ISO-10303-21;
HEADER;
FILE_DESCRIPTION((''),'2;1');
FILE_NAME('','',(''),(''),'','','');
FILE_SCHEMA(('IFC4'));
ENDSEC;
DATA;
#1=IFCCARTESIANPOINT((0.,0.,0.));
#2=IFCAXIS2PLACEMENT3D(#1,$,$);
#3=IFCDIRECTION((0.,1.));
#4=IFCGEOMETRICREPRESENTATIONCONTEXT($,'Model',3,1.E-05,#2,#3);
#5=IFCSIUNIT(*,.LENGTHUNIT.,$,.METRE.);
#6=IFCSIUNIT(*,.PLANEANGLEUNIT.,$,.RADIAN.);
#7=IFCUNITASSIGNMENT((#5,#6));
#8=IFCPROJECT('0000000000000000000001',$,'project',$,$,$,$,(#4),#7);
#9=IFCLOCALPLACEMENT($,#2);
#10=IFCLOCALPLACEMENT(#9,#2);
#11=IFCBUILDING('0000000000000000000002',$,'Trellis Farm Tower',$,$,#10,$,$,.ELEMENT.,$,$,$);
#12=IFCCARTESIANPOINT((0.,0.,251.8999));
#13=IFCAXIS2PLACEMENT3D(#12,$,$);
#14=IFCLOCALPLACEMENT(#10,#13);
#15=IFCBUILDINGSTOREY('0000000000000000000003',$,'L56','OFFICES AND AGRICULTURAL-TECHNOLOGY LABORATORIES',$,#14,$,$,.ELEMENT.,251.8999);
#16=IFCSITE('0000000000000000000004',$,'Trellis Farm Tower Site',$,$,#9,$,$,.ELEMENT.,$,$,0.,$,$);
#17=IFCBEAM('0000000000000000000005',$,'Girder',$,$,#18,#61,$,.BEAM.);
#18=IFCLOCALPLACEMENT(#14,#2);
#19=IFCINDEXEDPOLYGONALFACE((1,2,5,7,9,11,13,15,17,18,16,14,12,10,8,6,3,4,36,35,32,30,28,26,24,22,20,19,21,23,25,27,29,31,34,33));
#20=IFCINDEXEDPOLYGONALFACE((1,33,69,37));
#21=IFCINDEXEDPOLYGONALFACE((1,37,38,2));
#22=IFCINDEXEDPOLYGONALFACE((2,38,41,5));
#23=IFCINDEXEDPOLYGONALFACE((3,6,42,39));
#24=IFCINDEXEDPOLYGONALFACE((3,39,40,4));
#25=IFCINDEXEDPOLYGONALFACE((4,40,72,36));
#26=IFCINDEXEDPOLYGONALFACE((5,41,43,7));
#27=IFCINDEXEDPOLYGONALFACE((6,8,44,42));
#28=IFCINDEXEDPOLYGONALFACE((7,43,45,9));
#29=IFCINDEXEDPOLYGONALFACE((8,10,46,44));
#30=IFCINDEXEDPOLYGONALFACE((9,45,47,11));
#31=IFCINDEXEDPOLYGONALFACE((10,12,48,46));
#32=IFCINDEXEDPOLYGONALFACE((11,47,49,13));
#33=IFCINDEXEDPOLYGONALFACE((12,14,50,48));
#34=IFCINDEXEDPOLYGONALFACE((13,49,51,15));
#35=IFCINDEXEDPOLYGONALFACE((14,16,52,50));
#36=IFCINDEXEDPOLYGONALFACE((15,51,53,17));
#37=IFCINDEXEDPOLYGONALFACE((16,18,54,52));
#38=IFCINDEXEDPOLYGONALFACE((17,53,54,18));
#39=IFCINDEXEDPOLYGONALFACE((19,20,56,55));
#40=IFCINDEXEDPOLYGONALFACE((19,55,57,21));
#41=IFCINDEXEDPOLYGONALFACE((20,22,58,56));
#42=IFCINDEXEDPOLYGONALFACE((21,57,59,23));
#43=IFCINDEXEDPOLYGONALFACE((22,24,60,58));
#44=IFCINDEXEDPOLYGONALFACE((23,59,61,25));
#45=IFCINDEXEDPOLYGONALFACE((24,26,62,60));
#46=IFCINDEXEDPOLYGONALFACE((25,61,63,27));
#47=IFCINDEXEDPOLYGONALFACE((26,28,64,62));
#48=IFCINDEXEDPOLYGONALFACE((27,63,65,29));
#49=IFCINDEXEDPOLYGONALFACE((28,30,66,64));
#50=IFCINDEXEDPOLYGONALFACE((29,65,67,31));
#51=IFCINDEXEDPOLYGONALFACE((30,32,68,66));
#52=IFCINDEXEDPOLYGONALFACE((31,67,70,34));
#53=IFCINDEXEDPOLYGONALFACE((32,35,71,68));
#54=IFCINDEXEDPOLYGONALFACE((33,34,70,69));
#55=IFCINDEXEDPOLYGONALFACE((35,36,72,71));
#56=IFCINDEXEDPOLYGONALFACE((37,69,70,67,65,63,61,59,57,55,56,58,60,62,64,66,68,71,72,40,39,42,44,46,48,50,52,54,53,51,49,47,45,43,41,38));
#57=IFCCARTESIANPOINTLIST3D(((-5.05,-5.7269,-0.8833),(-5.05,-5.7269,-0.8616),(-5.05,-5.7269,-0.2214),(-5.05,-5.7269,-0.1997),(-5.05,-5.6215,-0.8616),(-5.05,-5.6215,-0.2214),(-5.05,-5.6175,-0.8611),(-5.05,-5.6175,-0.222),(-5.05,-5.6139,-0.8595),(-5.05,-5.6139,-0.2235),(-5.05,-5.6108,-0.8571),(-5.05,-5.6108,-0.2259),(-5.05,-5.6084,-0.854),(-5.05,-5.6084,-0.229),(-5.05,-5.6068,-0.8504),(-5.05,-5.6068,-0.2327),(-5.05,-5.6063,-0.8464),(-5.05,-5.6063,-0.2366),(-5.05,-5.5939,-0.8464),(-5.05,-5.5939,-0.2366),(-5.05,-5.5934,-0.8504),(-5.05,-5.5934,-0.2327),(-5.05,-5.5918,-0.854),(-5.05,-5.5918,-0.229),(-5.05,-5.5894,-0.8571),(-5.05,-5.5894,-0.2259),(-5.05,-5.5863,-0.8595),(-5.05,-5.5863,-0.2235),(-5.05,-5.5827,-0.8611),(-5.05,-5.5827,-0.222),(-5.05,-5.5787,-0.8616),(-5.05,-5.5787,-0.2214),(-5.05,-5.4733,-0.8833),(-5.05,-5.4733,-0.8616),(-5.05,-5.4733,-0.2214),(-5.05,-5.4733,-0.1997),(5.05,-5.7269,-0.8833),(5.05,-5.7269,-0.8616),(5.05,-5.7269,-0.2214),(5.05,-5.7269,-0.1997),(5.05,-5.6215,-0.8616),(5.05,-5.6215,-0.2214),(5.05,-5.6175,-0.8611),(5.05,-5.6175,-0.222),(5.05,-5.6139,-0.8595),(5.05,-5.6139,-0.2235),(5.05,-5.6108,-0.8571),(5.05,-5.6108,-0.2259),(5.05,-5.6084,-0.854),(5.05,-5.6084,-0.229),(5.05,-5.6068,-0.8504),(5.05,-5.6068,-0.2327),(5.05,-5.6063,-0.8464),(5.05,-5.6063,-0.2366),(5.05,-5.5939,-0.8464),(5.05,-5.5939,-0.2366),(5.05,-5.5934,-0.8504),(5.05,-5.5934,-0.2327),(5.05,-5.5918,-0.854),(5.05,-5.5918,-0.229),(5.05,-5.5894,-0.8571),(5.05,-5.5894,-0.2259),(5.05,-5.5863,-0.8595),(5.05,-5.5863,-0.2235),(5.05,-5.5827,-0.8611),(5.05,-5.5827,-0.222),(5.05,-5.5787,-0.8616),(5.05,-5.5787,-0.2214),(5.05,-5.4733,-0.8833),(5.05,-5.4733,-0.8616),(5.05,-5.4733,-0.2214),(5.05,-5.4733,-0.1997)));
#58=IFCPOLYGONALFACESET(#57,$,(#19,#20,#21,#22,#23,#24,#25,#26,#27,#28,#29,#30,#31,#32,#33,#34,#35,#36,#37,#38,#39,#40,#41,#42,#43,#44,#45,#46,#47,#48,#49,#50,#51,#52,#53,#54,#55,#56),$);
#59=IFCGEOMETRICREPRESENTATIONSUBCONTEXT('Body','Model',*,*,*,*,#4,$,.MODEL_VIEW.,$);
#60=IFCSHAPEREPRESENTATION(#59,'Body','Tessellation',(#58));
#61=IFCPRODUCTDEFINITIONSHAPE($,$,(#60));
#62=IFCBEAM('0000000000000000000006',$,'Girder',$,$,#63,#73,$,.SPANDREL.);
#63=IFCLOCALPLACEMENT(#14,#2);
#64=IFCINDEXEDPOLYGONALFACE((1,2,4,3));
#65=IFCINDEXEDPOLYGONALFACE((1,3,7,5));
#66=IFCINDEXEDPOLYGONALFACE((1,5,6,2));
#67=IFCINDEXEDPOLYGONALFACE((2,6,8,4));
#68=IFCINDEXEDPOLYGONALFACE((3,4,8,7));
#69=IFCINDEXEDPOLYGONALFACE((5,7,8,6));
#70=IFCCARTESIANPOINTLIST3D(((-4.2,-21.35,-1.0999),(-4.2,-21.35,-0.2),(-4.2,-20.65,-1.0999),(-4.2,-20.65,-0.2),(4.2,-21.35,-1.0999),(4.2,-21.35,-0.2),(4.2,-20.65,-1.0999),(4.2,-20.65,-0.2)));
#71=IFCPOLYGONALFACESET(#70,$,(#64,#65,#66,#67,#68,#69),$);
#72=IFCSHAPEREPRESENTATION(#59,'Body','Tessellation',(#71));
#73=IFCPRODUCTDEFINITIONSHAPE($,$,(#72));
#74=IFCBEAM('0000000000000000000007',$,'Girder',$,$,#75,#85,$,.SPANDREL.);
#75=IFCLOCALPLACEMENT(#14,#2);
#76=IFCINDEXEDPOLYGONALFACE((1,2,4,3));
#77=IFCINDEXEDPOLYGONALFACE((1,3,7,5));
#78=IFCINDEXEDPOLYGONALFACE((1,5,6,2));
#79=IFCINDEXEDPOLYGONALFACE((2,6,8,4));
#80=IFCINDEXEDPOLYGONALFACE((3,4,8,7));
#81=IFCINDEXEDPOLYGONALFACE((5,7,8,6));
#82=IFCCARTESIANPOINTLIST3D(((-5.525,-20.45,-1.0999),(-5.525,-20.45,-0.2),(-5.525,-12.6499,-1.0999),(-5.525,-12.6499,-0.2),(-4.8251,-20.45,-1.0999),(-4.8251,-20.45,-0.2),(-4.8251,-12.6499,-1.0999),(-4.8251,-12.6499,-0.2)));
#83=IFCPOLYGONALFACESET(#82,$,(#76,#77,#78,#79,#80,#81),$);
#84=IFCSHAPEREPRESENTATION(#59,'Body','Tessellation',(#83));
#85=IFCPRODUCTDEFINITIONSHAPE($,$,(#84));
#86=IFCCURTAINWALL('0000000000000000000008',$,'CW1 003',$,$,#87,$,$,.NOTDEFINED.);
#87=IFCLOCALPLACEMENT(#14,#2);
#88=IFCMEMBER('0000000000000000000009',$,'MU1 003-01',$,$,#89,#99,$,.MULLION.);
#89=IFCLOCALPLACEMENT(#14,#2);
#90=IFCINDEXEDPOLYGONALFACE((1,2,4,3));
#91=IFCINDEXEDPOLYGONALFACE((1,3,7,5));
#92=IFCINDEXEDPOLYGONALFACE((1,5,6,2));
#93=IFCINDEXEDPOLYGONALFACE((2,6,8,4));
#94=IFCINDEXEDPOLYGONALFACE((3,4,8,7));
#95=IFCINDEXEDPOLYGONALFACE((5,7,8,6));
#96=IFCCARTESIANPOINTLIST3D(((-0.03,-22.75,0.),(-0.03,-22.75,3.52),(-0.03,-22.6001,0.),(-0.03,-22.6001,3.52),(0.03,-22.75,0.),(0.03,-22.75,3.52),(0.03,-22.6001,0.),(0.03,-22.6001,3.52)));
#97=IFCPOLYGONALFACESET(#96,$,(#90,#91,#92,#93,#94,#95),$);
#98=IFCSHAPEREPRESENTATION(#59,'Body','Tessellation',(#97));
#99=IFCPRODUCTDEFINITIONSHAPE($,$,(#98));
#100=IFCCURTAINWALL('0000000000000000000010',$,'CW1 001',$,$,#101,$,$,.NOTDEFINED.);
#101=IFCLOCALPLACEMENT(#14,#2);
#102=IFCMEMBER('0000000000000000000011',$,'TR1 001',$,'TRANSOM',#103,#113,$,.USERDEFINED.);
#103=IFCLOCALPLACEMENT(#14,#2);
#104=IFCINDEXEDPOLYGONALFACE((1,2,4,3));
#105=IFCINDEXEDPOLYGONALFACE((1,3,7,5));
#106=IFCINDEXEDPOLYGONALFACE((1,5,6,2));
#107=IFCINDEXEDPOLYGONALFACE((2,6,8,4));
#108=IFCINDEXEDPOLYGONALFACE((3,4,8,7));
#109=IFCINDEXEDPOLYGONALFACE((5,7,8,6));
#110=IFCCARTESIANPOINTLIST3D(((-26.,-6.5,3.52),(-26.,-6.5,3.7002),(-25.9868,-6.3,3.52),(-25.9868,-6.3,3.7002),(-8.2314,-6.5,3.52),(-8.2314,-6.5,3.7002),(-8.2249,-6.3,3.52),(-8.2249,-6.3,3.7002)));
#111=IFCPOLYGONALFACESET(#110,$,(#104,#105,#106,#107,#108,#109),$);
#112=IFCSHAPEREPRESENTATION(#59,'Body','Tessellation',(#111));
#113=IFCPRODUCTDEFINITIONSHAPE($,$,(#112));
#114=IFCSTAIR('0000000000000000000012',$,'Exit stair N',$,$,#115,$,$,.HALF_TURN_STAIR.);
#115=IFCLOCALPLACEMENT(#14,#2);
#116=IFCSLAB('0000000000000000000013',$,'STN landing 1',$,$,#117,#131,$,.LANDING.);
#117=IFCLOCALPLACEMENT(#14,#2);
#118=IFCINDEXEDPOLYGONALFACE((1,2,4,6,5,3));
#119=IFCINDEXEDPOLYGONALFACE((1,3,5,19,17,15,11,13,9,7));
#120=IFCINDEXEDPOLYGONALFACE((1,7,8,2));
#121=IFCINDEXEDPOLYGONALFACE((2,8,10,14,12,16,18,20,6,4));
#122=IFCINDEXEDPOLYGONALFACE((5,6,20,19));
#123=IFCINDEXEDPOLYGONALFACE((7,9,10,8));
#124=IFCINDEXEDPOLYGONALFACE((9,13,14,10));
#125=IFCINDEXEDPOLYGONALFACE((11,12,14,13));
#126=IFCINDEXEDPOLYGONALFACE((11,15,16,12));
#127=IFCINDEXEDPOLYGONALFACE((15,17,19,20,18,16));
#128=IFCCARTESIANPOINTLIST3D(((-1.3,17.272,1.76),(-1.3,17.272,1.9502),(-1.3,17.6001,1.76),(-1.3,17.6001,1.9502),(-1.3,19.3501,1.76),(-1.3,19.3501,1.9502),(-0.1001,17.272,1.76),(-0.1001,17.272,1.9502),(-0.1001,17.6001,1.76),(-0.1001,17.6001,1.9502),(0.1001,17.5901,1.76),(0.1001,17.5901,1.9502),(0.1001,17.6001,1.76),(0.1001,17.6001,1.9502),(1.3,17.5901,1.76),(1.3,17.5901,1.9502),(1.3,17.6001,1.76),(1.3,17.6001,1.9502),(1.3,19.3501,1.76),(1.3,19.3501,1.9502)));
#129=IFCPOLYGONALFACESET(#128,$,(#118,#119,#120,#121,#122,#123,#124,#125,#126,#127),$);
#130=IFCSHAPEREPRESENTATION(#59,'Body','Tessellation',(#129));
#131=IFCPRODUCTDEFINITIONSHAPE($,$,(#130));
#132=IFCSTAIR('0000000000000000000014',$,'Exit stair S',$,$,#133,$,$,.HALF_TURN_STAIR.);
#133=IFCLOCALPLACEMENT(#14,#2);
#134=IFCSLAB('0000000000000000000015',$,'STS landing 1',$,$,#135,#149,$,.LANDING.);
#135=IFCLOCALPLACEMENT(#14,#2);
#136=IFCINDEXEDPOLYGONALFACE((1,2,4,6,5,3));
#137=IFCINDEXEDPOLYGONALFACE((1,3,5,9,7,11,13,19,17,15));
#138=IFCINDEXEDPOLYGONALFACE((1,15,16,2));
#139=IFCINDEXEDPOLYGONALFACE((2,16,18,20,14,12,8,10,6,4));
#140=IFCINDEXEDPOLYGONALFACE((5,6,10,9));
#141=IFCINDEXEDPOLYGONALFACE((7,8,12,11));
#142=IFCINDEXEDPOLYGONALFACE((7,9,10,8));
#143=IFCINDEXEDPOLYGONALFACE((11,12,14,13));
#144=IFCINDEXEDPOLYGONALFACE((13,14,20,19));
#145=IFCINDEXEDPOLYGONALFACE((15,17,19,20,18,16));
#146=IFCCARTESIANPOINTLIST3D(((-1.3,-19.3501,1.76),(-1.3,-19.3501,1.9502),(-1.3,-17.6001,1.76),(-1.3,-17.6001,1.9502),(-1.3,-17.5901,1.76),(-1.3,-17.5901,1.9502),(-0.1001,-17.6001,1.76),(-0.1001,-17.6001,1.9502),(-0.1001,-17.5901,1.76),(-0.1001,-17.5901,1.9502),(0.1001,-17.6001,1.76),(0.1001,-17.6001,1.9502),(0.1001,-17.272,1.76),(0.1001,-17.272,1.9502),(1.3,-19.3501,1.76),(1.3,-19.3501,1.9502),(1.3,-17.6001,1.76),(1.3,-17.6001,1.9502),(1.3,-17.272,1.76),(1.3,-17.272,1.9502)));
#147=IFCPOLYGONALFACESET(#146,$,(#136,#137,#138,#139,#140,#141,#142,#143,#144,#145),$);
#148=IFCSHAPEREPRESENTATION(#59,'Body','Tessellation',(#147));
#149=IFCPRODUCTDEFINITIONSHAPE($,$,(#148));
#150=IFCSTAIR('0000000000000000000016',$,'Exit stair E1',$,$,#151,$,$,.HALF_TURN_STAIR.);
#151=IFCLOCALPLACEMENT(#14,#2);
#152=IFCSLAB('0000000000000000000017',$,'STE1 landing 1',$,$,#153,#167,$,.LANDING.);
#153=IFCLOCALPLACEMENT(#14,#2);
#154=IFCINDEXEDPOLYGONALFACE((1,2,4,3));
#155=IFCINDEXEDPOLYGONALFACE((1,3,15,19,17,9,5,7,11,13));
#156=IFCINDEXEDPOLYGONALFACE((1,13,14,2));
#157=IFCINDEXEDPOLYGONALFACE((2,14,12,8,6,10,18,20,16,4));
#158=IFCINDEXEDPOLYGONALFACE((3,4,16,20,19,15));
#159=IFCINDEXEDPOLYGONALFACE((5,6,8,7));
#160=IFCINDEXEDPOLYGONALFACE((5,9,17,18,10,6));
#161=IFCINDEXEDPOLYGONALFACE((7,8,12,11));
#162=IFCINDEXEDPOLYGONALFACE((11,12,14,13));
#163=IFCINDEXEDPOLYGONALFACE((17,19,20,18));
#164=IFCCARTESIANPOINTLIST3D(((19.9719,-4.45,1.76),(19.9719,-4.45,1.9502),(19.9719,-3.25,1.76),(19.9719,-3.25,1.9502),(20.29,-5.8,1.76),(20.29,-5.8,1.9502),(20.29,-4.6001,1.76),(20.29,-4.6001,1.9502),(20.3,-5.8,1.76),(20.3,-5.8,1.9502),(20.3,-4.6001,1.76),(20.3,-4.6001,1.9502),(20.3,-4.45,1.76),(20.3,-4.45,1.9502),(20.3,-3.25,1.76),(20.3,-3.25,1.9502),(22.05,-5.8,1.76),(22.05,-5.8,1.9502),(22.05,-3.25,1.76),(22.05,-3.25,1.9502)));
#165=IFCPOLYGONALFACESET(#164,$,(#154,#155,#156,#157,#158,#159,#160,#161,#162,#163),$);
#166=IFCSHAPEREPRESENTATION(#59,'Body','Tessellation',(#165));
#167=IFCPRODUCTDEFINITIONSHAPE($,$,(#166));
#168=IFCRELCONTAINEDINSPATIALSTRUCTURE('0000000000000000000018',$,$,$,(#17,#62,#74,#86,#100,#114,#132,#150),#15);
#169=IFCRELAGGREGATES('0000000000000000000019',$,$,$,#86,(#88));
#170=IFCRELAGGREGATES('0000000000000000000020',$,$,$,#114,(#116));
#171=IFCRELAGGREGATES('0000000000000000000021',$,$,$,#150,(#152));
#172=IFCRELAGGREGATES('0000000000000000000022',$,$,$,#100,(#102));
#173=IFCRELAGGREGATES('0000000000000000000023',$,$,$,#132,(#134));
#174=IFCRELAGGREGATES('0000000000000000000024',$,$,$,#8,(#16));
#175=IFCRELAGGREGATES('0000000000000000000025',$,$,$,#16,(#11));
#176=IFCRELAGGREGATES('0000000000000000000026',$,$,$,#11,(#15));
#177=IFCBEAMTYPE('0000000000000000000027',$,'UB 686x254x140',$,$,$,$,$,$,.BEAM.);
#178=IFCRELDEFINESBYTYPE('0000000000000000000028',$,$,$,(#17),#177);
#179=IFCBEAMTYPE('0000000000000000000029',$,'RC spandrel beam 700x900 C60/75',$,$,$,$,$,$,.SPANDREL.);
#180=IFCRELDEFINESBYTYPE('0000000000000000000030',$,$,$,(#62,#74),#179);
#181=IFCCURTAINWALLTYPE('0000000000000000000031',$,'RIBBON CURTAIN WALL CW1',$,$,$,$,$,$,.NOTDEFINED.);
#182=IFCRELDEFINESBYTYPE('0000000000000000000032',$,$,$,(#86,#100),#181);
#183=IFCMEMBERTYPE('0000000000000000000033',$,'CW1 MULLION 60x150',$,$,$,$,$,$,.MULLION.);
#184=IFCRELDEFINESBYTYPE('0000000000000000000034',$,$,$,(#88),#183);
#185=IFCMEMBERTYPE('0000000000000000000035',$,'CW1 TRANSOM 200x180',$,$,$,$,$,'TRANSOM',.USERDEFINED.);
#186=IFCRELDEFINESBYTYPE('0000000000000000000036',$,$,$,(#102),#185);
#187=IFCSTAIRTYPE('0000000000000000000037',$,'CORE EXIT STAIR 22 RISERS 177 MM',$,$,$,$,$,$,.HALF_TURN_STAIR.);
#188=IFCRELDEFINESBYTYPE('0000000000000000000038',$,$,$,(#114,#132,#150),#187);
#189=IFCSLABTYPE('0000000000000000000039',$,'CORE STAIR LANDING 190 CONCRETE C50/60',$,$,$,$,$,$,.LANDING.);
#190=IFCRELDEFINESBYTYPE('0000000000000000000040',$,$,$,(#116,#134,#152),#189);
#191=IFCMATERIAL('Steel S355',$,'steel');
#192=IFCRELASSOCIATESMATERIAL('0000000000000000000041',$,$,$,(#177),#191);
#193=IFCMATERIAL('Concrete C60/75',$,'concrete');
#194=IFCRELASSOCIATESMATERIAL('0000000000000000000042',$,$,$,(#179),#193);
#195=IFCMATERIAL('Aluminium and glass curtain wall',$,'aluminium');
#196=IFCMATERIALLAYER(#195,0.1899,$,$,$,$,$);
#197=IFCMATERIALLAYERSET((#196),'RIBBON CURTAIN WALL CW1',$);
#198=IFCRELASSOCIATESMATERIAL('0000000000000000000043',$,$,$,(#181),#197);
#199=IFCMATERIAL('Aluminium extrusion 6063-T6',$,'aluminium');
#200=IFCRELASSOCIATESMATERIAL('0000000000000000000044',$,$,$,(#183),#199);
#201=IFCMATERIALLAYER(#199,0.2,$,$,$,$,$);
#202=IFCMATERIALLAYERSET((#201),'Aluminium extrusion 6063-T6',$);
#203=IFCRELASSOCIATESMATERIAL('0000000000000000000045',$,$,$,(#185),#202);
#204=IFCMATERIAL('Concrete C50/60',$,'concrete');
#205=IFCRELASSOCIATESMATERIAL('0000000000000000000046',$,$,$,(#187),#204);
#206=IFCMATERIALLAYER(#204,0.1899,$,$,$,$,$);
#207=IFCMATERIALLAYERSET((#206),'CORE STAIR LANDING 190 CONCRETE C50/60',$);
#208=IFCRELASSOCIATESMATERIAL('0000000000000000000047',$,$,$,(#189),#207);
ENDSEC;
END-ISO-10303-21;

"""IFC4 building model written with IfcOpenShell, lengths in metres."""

from ifc_helpers import new_model, si_unit, direction, frame, origin, origin_2d, place, context, subcontext, project, spatial, polyline, rectangle, i_section, outline, extrude, source, transform, mapped, material, layer, layer_set, material_profile, profile_set, type_object, element, aggregate, save


model = new_model("IFC4")

# Units and contexts
model_context = context("Model", 3, precision=1e-05, world=origin(), true_north=direction((0.0, 1.0)))
body_context = subcontext(model_context, "Body", "Model", "MODEL_VIEW")
ifc_project = project(units=[si_unit("LENGTHUNIT", "METRE"), si_unit("PLANEANGLEUNIT", "RADIAN")], contexts=[model_context])

# Site, building, storey
site_placement = place(None, origin())
site = spatial("IfcSite", under=ifc_project, at=site_placement, Name="Trellis Farm Tower Site", CompositionType="ELEMENT", RefElevation=0.0)
building_placement = place(site_placement, origin())
building = spatial("IfcBuilding", under=site, at=building_placement, Name="Trellis Farm Tower", CompositionType="ELEMENT")
storey_placement = place(building_placement, frame((0.0, 0.0, 251.8999)))
storey = spatial("IfcBuildingStorey", under=building, at=storey_placement, Name="L56", Description="OFFICES AND AGRICULTURAL-TECHNOLOGY LABORATORIES", CompositionType="ELEMENT", Elevation=251.8999)

# Shared definitions
ifc_material_1 = material(Name="Concrete C60/75", Category="concrete")

# Beams
ifc_material_2 = material(Name="Steel S355", Category="steel")
ifc_material_profile_1 = material_profile(ifc_material_2, i_section(OverallWidth=0.2537, OverallDepth=0.6836, WebThickness=0.0125, FlangeThickness=0.0217, FilletRadius=0.0151, at=origin_2d()), Name="UB 686x254x140")
ifc_profile_set_1 = profile_set([ifc_material_profile_1], Name="Steel S355")
beam_type_1 = type_object("IfcBeamType", Name="UB 686x254x140", PredefinedType="BEAM", material=ifc_profile_set_1)
shared_shape_1 = source(origin(), body_context, "Body", "SweptSolid", [
    extrude(i_section(OverallWidth=0.2537, OverallDepth=0.6836, WebThickness=0.0125, FlangeThickness=0.0217, FilletRadius=0.0151, at=origin_2d()), origin(), (0.0, 0.0, 1.0), 10.1001),
])
for number, where, z_axis, x_axis, name in (
    (1, (-5.05, -5.6001, -0.5415), (1.0, 0.0, 0.0), (0.0, 1.0, 0.0), "Girder"),
):
    element("IfcBeam", number, at=place(storey_placement, frame(where, z_axis=z_axis, x_axis=x_axis)), inside=storey, type_object=beam_type_1, Name=name, PredefinedType="BEAM", context=body_context, shape_type="MappedRepresentation", body=[
        mapped(shared_shape_1, transform((0.0, 0.0, 0.0))),
    ])
ifc_material_profile_2 = material_profile(ifc_material_1, rectangle(XDim=0.7, YDim=0.8999, at=origin_2d()), Name="RC spandrel beam 700x900 C60/75")
ifc_profile_set_2 = profile_set([ifc_material_profile_2], Name="Concrete C60/75")
beam_type_2 = type_object("IfcBeamType", Name="RC spandrel beam 700x900 C60/75", PredefinedType="SPANDREL", material=ifc_profile_set_2)
shared_shape_2 = source(origin(), body_context, "Body", "SweptSolid", [
    extrude(rectangle(XDim=0.7, YDim=0.8999, at=origin_2d()), origin(), (0.0, 0.0, 1.0), 8.3999),
])
beam_1_placement = place(storey_placement, frame((-4.2, -21.0, -0.6499), z_axis=(1.0, 0.0, 0.0), x_axis=(0.0, 1.0, 0.0)))
element("IfcBeam", 2, at=beam_1_placement, inside=storey, type_object=beam_type_2, Name="Girder", PredefinedType="SPANDREL", context=body_context, shape_type="MappedRepresentation", body=[
    mapped(shared_shape_2, transform((0.0, 0.0, 0.0))),
])
shared_shape_3 = source(origin(), body_context, "Body", "SweptSolid", [
    extrude(rectangle(XDim=0.7, YDim=0.8999, at=origin_2d()), origin(), (0.0, 0.0, 1.0), 7.8),
])
beam_2_placement = place(storey_placement, frame((-5.175, -20.45, -0.6499), z_axis=(0.0, 1.0, 0.0), x_axis=(-1.0, 0.0, 0.0)))
element("IfcBeam", 3, at=beam_2_placement, inside=storey, type_object=beam_type_2, Name="Girder", PredefinedType="SPANDREL", context=body_context, shape_type="MappedRepresentation", body=[
    mapped(shared_shape_3, transform((0.0, 0.0, 0.0))),
])

# Curtain walls, members
ifc_material_3 = material(Name="Aluminium and glass curtain wall", Category="aluminium")
ifc_layer_1 = layer(ifc_material_3, 0.1899)
ifc_layer_set_1 = layer_set([ifc_layer_1], Name="RIBBON CURTAIN WALL CW1")
curtain_wall_type_1 = type_object("IfcCurtainWallType", Name="RIBBON CURTAIN WALL CW1", PredefinedType="NOTDEFINED", material=ifc_layer_set_1)
placement_1 = place(storey_placement, origin())
curtain_wall_1 = element("IfcCurtainWall", 4, at=placement_1, inside=storey, type_object=curtain_wall_type_1, Name="CW1 003", PredefinedType="NOTDEFINED")
ifc_material_4 = material(Name="Aluminium extrusion 6063-T6", Category="aluminium")
ifc_material_profile_3 = material_profile(ifc_material_4, rectangle(XDim=0.0601, YDim=0.1499, at=origin_2d()), Name="MULLION 60x150")
ifc_profile_set_3 = profile_set([ifc_material_profile_3], Name="Aluminium extrusion 6063-T6")
member_type_1 = type_object("IfcMemberType", Name="CW1 MULLION 60x150", PredefinedType="MULLION", material=ifc_profile_set_3)
shared_shape_4 = source(origin(), body_context, "Body", "SweptSolid", [
    extrude(rectangle(XDim=0.0601, YDim=0.1499, at=origin_2d()), origin(), (0.0, 0.0, 1.0), 3.52),
])
member_1_placement = place(storey_placement, frame((0.0, -22.675, 0.0), z_axis=(0.0, 0.0, 1.0), x_axis=(1.0, 0.0, 0.0)))
member_1 = element("IfcMember", 5, at=member_1_placement, type_object=member_type_1, Name="MU1 003-01", PredefinedType="MULLION", context=body_context, shape_type="MappedRepresentation", body=[
    mapped(shared_shape_4, transform((0.0, 0.0, 0.0))),
])
aggregate(curtain_wall_1, [member_1])
curtain_wall_2 = element("IfcCurtainWall", 6, at=placement_1, inside=storey, type_object=curtain_wall_type_1, Name="CW1 001", PredefinedType="NOTDEFINED")
ifc_layer_2 = layer(ifc_material_4, 0.2)
ifc_layer_set_2 = layer_set([ifc_layer_2], Name="Aluminium extrusion 6063-T6")
member_type_2 = type_object("IfcMemberType", Name="CW1 TRANSOM 200x180", ElementType="TRANSOM", PredefinedType="USERDEFINED", material=ifc_layer_set_2)
shared_shape_5 = source(origin(), body_context, "Body", "SweptSolid", [
    extrude(outline(polyline([(-26.0, -6.5), (-8.2314, -6.5), (-8.2249, -6.3), (-25.9868, -6.3), (-26.0, -6.5)])), origin(), (0.0, 0.0, 1.0), 0.1802),
])
member_2_placement = place(storey_placement, frame((0.0, 0.0, 3.52)))
member_2 = element("IfcMember", 7, at=member_2_placement, type_object=member_type_2, Name="TR1 001", ObjectType="TRANSOM", PredefinedType="USERDEFINED", context=body_context, shape_type="MappedRepresentation", body=[
    mapped(shared_shape_5, transform((0.0, 0.0, 0.0))),
])

# Stairs, slabs
ifc_material_5 = material(Name="Concrete C50/60", Category="concrete")
stair_type = type_object("IfcStairType", Name="CORE EXIT STAIR 22 RISERS 177 MM", PredefinedType="HALF_TURN_STAIR", material=ifc_material_5)
stair_1 = element("IfcStair", 8, at=placement_1, inside=storey, type_object=stair_type, Name="Exit stair N", PredefinedType="HALF_TURN_STAIR")
ifc_layer_3 = layer(ifc_material_5, 0.1899)
ifc_layer_set_3 = layer_set([ifc_layer_3], Name="CORE STAIR LANDING 190 CONCRETE C50/60")
slab_type_1 = type_object("IfcSlabType", Name="CORE STAIR LANDING 190 CONCRETE C50/60", PredefinedType="LANDING", material=ifc_layer_set_3)
shared_shape_6 = source(origin(), body_context, "Body", "SweptSolid", [
    extrude(outline(polyline([(-0.1001, 17.272), (-1.3, 17.272), (-1.3, 17.6001), (-1.3, 19.3501), (1.3, 19.3501), (1.3, 17.6001), (1.3, 17.5901), (0.1001, 17.5901), (0.1001, 17.6001), (-0.1001, 17.6001), (-0.1001, 17.272)])), origin(), (0.0, 0.0, 1.0), 0.1902),
])
placement_2 = place(storey_placement, frame((0.0, 0.0, 1.76)))
slab_1 = element("IfcSlab", 9, at=placement_2, type_object=slab_type_1, Name="STN landing 1", PredefinedType="LANDING", context=body_context, shape_type="MappedRepresentation", body=[
    mapped(shared_shape_6, transform((0.0, 0.0, 0.0))),
])
aggregate(stair_1, [slab_1])
stair_2 = element("IfcStair", 10, at=placement_1, inside=storey, type_object=stair_type, Name="Exit stair S", PredefinedType="HALF_TURN_STAIR")
shared_shape_7 = source(origin(), body_context, "Body", "SweptSolid", [
    extrude(outline(polyline([(1.3, -19.3501), (-1.3, -19.3501), (-1.3, -17.6001), (-1.3, -17.5901), (-0.1001, -17.5901), (-0.1001, -17.6001), (0.1001, -17.6001), (0.1001, -17.272), (1.3, -17.272), (1.3, -17.6001), (1.3, -19.3501)])), origin(), (0.0, 0.0, 1.0), 0.1902),
])
slab_2 = element("IfcSlab", 11, at=placement_2, type_object=slab_type_1, Name="STS landing 1", PredefinedType="LANDING", context=body_context, shape_type="MappedRepresentation", body=[
    mapped(shared_shape_7, transform((0.0, 0.0, 0.0))),
])
stair_3 = element("IfcStair", 12, at=placement_1, inside=storey, type_object=stair_type, Name="Exit stair E1", PredefinedType="HALF_TURN_STAIR")
shared_shape_8 = source(origin(), body_context, "Body", "SweptSolid", [
    extrude(outline(polyline([(20.29, -5.8), (20.29, -4.6001), (20.3, -4.6001), (20.3, -4.45), (19.9719, -4.45), (19.9719, -3.25), (20.3, -3.25), (22.05, -3.25), (22.05, -5.8), (20.3, -5.8), (20.29, -5.8)])), origin(), (0.0, 0.0, 1.0), 0.1902),
])
slab_3 = element("IfcSlab", 13, at=placement_2, type_object=slab_type_1, Name="STE1 landing 1", PredefinedType="LANDING", context=body_context, shape_type="MappedRepresentation", body=[
    mapped(shared_shape_8, transform((0.0, 0.0, 0.0))),
])
aggregate(stair_3, [slab_3])

aggregate(curtain_wall_2, [member_2])

aggregate(stair_2, [slab_2])

save(model, "model.ifc")
